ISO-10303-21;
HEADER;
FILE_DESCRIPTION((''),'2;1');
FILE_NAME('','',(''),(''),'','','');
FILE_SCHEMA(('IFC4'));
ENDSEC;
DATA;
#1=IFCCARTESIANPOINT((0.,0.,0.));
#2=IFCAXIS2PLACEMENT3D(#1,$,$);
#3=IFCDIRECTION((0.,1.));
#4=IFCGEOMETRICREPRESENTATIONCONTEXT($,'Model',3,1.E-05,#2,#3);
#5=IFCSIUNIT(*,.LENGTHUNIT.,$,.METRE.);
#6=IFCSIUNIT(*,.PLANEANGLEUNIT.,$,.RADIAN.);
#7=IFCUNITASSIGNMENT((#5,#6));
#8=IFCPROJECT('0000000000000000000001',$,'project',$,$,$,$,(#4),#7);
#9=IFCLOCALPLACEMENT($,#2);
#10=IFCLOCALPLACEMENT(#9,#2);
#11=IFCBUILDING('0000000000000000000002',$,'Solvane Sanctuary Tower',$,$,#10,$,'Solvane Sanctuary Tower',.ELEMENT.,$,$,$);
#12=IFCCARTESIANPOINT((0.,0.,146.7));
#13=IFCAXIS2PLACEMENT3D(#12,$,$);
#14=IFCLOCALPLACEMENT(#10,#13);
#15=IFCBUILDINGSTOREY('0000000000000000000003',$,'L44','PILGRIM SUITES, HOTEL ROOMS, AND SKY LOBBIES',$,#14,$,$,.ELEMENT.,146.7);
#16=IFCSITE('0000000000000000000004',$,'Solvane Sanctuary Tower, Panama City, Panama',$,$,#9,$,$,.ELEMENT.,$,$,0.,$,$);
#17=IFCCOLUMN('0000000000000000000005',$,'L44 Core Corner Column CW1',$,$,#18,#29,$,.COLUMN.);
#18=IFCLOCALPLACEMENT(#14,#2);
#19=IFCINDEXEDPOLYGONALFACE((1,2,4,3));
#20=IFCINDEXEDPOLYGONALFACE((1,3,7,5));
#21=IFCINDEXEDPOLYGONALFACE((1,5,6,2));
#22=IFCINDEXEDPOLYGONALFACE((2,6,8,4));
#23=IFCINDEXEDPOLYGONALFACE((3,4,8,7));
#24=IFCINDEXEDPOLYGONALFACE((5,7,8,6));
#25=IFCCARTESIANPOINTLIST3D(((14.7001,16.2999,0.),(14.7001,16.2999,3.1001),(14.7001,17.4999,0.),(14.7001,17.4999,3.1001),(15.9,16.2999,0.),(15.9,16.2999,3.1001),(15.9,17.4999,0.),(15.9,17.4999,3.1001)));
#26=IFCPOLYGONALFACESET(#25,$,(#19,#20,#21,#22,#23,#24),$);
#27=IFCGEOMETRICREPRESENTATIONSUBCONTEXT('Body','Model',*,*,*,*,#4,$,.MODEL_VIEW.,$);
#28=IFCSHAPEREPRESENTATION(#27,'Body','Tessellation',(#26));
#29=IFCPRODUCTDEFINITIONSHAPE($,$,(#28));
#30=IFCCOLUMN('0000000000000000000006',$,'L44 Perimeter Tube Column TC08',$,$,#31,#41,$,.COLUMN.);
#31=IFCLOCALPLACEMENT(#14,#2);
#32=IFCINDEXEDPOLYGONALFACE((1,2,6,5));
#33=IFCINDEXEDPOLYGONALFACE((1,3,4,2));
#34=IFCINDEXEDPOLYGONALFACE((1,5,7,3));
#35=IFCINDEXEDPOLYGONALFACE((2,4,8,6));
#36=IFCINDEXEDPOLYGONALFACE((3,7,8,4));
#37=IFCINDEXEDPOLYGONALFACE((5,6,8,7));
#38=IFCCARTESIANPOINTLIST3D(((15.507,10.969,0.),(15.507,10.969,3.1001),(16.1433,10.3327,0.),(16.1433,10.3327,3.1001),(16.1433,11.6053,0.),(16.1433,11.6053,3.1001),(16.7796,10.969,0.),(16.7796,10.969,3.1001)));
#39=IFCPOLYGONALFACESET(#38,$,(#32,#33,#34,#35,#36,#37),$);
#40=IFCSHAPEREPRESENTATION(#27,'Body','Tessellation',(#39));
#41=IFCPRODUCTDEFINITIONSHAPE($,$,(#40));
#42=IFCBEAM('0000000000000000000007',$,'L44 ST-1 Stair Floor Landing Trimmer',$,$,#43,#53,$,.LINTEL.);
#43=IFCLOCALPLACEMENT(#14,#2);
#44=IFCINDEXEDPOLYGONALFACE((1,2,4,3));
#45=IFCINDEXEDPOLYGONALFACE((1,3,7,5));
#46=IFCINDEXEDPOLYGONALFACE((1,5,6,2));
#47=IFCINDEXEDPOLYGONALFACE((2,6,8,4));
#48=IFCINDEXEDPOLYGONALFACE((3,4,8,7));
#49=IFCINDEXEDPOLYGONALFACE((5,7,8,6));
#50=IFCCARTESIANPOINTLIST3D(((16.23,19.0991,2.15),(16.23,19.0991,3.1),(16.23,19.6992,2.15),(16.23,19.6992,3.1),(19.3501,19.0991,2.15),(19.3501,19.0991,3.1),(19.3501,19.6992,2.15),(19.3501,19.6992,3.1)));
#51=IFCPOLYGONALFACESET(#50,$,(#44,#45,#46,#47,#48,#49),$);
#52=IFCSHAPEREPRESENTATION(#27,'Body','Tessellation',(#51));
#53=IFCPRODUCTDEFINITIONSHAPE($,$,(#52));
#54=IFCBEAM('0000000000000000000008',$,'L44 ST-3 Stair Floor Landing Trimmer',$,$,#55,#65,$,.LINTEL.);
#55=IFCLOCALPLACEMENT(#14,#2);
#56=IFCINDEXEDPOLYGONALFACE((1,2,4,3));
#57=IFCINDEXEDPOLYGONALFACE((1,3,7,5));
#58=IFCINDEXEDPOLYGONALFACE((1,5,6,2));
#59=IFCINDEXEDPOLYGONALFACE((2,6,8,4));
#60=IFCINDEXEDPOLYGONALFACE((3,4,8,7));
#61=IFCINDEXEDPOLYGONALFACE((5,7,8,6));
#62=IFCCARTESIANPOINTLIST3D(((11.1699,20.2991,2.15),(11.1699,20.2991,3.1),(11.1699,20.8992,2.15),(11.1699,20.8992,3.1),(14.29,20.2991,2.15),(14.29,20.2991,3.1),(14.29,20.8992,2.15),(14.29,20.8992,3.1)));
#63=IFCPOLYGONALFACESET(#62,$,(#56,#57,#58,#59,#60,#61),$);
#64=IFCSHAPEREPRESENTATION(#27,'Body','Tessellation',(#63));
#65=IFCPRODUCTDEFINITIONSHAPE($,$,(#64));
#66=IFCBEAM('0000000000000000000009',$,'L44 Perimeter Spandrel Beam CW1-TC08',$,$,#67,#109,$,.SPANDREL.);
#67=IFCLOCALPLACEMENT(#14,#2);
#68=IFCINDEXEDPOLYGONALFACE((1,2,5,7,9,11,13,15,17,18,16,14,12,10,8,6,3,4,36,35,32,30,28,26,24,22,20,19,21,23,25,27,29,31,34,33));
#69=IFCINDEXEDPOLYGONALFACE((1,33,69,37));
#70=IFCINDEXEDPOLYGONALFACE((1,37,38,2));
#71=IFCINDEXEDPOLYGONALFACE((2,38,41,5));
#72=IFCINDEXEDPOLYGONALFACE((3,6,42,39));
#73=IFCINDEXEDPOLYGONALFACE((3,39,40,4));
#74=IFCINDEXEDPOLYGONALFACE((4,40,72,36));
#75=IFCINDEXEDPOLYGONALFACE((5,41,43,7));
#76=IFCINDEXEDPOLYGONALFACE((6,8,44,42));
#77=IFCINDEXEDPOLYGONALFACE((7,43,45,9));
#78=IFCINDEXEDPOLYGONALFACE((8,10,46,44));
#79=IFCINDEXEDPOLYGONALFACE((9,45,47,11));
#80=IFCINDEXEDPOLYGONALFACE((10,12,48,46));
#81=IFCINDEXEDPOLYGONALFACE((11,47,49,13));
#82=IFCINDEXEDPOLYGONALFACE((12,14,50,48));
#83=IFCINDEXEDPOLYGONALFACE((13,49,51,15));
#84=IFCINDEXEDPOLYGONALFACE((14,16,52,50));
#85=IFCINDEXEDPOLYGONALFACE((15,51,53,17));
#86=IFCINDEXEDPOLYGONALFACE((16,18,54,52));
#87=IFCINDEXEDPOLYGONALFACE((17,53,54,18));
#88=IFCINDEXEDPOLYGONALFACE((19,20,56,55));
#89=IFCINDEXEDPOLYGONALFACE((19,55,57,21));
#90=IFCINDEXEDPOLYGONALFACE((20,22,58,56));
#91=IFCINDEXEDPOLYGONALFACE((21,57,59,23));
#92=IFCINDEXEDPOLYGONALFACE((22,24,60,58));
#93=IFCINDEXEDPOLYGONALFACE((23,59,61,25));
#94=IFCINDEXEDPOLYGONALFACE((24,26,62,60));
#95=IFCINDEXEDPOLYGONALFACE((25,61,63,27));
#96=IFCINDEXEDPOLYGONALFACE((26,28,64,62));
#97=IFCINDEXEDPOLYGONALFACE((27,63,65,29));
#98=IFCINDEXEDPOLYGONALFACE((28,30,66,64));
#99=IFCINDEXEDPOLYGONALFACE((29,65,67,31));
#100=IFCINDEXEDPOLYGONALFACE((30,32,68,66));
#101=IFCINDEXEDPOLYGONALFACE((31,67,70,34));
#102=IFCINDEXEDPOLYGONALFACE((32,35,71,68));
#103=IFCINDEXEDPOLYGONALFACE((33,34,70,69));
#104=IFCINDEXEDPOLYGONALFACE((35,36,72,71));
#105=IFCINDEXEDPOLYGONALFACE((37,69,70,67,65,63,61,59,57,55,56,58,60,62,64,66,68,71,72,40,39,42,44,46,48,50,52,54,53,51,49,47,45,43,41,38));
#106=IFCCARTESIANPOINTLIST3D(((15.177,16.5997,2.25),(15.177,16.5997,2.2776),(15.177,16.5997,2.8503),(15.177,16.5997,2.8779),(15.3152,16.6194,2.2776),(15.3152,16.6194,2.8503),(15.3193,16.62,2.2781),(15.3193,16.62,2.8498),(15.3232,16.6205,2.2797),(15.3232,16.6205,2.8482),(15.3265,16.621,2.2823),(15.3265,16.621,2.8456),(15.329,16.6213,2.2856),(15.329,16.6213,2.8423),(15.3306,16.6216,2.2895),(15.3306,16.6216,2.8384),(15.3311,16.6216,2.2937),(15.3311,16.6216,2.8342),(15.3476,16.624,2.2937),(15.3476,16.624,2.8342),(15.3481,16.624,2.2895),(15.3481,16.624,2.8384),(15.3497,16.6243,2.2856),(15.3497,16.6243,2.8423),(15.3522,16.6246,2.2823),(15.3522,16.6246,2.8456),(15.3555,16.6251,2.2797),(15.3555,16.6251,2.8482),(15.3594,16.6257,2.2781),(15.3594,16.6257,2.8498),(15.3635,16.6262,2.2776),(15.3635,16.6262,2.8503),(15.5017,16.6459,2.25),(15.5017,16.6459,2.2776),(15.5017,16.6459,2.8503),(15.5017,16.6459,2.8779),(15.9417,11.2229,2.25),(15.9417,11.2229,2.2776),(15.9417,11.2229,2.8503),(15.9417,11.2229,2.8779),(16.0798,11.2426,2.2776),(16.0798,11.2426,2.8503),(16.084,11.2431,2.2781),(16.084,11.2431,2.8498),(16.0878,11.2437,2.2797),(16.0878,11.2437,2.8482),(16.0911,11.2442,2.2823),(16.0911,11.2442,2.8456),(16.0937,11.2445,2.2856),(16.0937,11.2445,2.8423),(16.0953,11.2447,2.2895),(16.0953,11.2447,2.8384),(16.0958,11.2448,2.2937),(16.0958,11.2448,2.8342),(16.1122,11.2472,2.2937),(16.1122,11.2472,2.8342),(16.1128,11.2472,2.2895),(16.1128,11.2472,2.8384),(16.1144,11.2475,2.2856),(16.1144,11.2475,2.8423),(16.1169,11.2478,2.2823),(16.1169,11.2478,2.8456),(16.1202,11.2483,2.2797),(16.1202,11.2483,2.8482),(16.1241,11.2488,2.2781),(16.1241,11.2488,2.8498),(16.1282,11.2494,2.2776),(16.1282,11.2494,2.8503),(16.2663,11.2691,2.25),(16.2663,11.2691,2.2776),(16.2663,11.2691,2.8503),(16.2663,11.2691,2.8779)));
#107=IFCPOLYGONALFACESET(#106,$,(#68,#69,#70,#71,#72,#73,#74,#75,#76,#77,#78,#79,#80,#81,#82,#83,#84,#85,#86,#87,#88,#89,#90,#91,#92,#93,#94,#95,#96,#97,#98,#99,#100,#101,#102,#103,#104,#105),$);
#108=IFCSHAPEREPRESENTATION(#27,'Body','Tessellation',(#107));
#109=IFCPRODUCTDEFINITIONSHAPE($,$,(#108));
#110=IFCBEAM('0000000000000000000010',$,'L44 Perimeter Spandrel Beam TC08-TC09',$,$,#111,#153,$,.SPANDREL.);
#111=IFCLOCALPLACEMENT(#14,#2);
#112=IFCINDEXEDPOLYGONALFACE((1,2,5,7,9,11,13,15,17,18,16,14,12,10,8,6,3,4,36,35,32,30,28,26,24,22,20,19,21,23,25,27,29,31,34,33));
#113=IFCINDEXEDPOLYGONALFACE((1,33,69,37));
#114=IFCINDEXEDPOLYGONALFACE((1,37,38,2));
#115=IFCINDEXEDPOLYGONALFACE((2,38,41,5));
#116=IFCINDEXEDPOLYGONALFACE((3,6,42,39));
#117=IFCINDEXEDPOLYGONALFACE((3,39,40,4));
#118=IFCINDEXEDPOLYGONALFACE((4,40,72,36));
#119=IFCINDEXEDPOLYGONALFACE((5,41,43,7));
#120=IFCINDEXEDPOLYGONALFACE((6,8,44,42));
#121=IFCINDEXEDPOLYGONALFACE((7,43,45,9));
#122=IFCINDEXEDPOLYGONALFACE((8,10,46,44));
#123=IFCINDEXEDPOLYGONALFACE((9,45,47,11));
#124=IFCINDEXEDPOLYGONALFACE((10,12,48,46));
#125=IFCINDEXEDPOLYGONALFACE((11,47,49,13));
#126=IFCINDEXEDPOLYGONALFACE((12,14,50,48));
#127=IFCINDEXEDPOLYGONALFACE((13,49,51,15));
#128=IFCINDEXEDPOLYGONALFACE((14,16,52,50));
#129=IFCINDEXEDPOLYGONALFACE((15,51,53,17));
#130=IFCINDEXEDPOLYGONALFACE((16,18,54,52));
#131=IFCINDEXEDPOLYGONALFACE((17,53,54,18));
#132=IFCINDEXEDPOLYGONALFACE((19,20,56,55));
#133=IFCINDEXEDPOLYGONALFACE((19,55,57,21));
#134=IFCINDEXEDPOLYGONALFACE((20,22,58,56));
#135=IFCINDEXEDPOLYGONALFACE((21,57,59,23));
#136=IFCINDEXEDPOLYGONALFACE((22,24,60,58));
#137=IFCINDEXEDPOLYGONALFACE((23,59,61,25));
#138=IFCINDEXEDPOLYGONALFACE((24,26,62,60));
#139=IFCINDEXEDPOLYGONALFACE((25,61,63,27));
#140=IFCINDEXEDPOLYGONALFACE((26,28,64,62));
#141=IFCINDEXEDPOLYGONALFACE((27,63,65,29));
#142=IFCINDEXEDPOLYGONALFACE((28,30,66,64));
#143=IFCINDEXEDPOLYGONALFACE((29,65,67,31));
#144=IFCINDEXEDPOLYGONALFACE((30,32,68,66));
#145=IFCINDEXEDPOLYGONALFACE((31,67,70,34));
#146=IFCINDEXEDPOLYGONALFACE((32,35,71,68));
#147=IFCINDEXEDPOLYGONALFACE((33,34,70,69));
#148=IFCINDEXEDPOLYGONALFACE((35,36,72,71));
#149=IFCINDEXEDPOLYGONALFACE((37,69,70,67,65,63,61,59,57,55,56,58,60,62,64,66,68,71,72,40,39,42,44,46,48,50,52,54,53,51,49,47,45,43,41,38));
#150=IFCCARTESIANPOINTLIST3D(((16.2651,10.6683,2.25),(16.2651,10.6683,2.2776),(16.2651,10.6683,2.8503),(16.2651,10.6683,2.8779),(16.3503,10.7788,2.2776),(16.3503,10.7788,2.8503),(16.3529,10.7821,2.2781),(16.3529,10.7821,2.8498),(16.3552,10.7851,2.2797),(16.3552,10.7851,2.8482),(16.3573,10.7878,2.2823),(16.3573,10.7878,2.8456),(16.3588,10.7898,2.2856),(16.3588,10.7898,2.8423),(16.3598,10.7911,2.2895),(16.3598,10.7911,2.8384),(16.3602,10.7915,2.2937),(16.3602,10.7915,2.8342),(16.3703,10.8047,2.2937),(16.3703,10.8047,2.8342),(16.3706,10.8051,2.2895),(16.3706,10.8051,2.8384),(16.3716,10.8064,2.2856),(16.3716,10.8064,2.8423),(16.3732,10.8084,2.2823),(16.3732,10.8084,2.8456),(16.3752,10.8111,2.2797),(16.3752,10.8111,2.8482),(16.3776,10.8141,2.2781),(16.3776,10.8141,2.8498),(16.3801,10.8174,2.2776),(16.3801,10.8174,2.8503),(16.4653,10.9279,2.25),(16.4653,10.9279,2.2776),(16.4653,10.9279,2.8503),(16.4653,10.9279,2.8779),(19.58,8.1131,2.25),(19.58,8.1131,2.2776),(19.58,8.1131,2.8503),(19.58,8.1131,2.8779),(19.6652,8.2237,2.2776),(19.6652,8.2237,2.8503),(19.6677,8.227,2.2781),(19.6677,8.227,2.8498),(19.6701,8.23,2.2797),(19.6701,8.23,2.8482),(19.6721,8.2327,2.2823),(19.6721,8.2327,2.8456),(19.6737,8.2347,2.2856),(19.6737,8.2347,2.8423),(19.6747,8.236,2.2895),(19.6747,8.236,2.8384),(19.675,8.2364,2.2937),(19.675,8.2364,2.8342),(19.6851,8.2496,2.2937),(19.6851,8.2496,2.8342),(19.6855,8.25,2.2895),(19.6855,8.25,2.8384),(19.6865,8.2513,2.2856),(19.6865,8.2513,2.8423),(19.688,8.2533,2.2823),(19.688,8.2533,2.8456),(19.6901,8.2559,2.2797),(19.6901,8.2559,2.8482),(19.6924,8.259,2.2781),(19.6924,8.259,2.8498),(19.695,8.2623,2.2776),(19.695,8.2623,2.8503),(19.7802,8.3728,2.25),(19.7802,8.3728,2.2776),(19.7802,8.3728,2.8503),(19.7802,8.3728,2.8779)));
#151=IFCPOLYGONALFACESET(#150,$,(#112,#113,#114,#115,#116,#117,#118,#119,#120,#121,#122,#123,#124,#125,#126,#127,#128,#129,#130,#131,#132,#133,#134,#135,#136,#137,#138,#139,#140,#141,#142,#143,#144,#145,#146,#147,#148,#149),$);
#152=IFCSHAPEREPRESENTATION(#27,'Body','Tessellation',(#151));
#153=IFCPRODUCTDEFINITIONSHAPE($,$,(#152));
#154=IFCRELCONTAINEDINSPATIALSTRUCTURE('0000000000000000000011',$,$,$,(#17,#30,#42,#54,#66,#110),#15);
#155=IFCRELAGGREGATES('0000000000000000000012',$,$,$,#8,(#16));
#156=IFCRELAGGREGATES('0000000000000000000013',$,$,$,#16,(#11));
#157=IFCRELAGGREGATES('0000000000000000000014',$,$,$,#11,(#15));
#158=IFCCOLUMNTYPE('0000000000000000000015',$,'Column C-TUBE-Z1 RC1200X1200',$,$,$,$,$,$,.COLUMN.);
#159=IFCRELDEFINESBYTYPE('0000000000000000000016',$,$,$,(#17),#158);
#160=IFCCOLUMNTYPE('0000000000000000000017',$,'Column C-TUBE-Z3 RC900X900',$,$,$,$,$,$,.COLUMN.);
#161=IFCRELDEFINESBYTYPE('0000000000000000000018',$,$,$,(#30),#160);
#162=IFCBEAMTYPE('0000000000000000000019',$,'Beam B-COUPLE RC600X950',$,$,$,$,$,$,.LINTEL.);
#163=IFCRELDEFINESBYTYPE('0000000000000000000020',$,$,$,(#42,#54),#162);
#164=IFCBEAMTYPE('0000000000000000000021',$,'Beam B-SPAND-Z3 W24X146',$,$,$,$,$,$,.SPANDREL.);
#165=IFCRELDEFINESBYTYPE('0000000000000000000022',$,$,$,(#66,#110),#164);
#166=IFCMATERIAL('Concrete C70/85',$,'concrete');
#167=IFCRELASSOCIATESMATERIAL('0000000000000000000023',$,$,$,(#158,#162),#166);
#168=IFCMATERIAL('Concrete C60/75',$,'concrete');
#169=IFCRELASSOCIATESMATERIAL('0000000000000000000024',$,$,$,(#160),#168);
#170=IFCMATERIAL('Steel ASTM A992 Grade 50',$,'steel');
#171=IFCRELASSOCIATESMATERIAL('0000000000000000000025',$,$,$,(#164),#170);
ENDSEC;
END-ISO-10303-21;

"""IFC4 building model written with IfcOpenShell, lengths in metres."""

from ifc_helpers import new_model, si_unit, direction, frame, origin, origin_2d, place, context, subcontext, project, spatial, rectangle, i_section, extrude, material, material_profile, profile_set, type_object, element, save


model = new_model("IFC4")

# Units and contexts
model_context = context("Model", 3, precision=1e-05, world=origin(), true_north=direction((0.0, 1.0)))
body_context = subcontext(model_context, "Body", "Model", "MODEL_VIEW")
ifc_project = project(units=[si_unit("LENGTHUNIT", "METRE"), si_unit("PLANEANGLEUNIT", "RADIAN")], contexts=[model_context])

# Site, building, storey
site_placement = place(None, origin())
site = spatial("IfcSite", under=ifc_project, at=site_placement, Name="Solvane Sanctuary Tower, Panama City, Panama", CompositionType="ELEMENT", RefElevation=0.0)
building_placement = place(site_placement, origin())
building = spatial("IfcBuilding", under=site, at=building_placement, Name="Solvane Sanctuary Tower", LongName="Solvane Sanctuary Tower", CompositionType="ELEMENT")
storey_placement = place(building_placement, frame((0.0, 0.0, 146.7)))
storey = spatial("IfcBuildingStorey", under=building, at=storey_placement, Name="L44", Description="PILGRIM SUITES, HOTEL ROOMS, AND SKY LOBBIES", CompositionType="ELEMENT", Elevation=146.7)

# Columns
ifc_material_1 = material(Name="Concrete C70/85", Category="concrete")
ifc_material_profile_1 = material_profile(ifc_material_1, rectangle(XDim=1.2, YDim=1.2, at=origin_2d()), Name="RC1200X1200")
ifc_profile_set_1 = profile_set([ifc_material_profile_1], Name="Concrete C70/85")
column_type_1 = type_object("IfcColumnType", Name="Column C-TUBE-Z1 RC1200X1200", PredefinedType="COLUMN", material=ifc_profile_set_1)
column_1_placement = place(storey_placement, frame((15.3, 16.8999, 0.0), z_axis=(0.0, 0.0, 1.0), x_axis=(1.0, 0.0, 0.0)))
element("IfcColumn", 1, at=column_1_placement, inside=storey, type_object=column_type_1, Name="L44 Core Corner Column CW1", PredefinedType="COLUMN", context=body_context, shape_type="SweptSolid", body=[
    extrude(rectangle(XDim=1.2, YDim=1.2, at=origin_2d()), origin(), (0.0, 0.0, 1.0), 3.1001),
])
ifc_material_2 = material(Name="Concrete C60/75", Category="concrete")
ifc_material_profile_2 = material_profile(ifc_material_2, rectangle(XDim=0.8999, YDim=0.8999, at=origin_2d()), Name="RC900X900")
ifc_profile_set_2 = profile_set([ifc_material_profile_2], Name="Concrete C60/75")
column_type_2 = type_object("IfcColumnType", Name="Column C-TUBE-Z3 RC900X900", PredefinedType="COLUMN", material=ifc_profile_set_2)
column_2_placement = place(storey_placement, frame((16.1433, 10.969, 0.0), z_axis=(0.0, 0.0, 1.0), x_axis=(-0.707107, -0.707107, 0.0)))
element("IfcColumn", 2, at=column_2_placement, inside=storey, type_object=column_type_2, Name="L44 Perimeter Tube Column TC08", PredefinedType="COLUMN", context=body_context, shape_type="SweptSolid", body=[
    extrude(rectangle(XDim=0.8999, YDim=0.8999, at=origin_2d()), origin(), (0.0, 0.0, 1.0), 3.1001),
])

# Beams
ifc_material_profile_3 = material_profile(ifc_material_1, rectangle(XDim=0.6001, YDim=0.95, at=origin_2d()), Name="RC600X950")
ifc_profile_set_3 = profile_set([ifc_material_profile_3], Name="Concrete C70/85")
beam_type_1 = type_object("IfcBeamType", Name="Beam B-COUPLE RC600X950", PredefinedType="LINTEL", material=ifc_profile_set_3)
for number, where, z_axis, x_axis, name in (
    (3, (16.23, 19.3992, 2.625), (1.0, 0.0, 0.0), (0.0, 1.0, 0.0), "L44 ST-1 Stair Floor Landing Trimmer"),
    (4, (11.1699, 20.5991, 2.625), (1.0, 0.0, 0.0), (0.0, 1.0, 0.0), "L44 ST-3 Stair Floor Landing Trimmer"),
):
    element("IfcBeam", number, at=place(storey_placement, frame(where, z_axis=z_axis, x_axis=x_axis)), inside=storey, type_object=beam_type_1, Name=name, PredefinedType="LINTEL", context=body_context, shape_type="SweptSolid", body=[
        extrude(rectangle(XDim=0.6001, YDim=0.95, at=origin_2d()), origin(), (0.0, 0.0, 1.0), 3.1201),
    ])
ifc_material_3 = material(Name="Steel ASTM A992 Grade 50", Category="steel")
ifc_material_profile_4 = material_profile(ifc_material_3, i_section(OverallWidth=0.3279, OverallDepth=0.6279, WebThickness=0.0166, FlangeThickness=0.0276, FilletRadius=0.0161, at=origin_2d()), Name="W24X146")
ifc_profile_set_4 = profile_set([ifc_material_profile_4], Name="Steel ASTM A992 Grade 50")
beam_type_2 = type_object("IfcBeamType", Name="Beam B-SPAND-Z3 W24X146", PredefinedType="SPANDREL", material=ifc_profile_set_4)
beam_1_placement = place(storey_placement, frame((15.3394, 16.6228, 2.564), z_axis=(0.140798, -0.990038, 0.0), x_axis=(0.990038, 0.140798, 0.0)))
element("IfcBeam", 5, at=beam_1_placement, inside=storey, type_object=beam_type_2, Name="L44 Perimeter Spandrel Beam CW1-TC08", PredefinedType="SPANDREL", context=body_context, shape_type="SweptSolid", body=[
    extrude(i_section(OverallWidth=0.3279, OverallDepth=0.6279, WebThickness=0.0166, FlangeThickness=0.0276, FilletRadius=0.0161, at=origin_2d()), origin(), (0.0, 0.0, 1.0), 5.4309),
])
beam_2_placement = place(storey_placement, frame((16.3652, 10.7981, 2.564), z_axis=(0.792021, -0.610494, 0.0), x_axis=(0.610494, 0.792021, 0.0)))
element("IfcBeam", 6, at=beam_2_placement, inside=storey, type_object=beam_type_2, Name="L44 Perimeter Spandrel Beam TC08-TC09", PredefinedType="SPANDREL", context=body_context, shape_type="SweptSolid", body=[
    extrude(i_section(OverallWidth=0.3279, OverallDepth=0.6279, WebThickness=0.0166, FlangeThickness=0.0276, FilletRadius=0.0161, at=origin_2d()), origin(), (0.0, 0.0, 1.0), 4.1853),
])

save(model, "model.ifc")
